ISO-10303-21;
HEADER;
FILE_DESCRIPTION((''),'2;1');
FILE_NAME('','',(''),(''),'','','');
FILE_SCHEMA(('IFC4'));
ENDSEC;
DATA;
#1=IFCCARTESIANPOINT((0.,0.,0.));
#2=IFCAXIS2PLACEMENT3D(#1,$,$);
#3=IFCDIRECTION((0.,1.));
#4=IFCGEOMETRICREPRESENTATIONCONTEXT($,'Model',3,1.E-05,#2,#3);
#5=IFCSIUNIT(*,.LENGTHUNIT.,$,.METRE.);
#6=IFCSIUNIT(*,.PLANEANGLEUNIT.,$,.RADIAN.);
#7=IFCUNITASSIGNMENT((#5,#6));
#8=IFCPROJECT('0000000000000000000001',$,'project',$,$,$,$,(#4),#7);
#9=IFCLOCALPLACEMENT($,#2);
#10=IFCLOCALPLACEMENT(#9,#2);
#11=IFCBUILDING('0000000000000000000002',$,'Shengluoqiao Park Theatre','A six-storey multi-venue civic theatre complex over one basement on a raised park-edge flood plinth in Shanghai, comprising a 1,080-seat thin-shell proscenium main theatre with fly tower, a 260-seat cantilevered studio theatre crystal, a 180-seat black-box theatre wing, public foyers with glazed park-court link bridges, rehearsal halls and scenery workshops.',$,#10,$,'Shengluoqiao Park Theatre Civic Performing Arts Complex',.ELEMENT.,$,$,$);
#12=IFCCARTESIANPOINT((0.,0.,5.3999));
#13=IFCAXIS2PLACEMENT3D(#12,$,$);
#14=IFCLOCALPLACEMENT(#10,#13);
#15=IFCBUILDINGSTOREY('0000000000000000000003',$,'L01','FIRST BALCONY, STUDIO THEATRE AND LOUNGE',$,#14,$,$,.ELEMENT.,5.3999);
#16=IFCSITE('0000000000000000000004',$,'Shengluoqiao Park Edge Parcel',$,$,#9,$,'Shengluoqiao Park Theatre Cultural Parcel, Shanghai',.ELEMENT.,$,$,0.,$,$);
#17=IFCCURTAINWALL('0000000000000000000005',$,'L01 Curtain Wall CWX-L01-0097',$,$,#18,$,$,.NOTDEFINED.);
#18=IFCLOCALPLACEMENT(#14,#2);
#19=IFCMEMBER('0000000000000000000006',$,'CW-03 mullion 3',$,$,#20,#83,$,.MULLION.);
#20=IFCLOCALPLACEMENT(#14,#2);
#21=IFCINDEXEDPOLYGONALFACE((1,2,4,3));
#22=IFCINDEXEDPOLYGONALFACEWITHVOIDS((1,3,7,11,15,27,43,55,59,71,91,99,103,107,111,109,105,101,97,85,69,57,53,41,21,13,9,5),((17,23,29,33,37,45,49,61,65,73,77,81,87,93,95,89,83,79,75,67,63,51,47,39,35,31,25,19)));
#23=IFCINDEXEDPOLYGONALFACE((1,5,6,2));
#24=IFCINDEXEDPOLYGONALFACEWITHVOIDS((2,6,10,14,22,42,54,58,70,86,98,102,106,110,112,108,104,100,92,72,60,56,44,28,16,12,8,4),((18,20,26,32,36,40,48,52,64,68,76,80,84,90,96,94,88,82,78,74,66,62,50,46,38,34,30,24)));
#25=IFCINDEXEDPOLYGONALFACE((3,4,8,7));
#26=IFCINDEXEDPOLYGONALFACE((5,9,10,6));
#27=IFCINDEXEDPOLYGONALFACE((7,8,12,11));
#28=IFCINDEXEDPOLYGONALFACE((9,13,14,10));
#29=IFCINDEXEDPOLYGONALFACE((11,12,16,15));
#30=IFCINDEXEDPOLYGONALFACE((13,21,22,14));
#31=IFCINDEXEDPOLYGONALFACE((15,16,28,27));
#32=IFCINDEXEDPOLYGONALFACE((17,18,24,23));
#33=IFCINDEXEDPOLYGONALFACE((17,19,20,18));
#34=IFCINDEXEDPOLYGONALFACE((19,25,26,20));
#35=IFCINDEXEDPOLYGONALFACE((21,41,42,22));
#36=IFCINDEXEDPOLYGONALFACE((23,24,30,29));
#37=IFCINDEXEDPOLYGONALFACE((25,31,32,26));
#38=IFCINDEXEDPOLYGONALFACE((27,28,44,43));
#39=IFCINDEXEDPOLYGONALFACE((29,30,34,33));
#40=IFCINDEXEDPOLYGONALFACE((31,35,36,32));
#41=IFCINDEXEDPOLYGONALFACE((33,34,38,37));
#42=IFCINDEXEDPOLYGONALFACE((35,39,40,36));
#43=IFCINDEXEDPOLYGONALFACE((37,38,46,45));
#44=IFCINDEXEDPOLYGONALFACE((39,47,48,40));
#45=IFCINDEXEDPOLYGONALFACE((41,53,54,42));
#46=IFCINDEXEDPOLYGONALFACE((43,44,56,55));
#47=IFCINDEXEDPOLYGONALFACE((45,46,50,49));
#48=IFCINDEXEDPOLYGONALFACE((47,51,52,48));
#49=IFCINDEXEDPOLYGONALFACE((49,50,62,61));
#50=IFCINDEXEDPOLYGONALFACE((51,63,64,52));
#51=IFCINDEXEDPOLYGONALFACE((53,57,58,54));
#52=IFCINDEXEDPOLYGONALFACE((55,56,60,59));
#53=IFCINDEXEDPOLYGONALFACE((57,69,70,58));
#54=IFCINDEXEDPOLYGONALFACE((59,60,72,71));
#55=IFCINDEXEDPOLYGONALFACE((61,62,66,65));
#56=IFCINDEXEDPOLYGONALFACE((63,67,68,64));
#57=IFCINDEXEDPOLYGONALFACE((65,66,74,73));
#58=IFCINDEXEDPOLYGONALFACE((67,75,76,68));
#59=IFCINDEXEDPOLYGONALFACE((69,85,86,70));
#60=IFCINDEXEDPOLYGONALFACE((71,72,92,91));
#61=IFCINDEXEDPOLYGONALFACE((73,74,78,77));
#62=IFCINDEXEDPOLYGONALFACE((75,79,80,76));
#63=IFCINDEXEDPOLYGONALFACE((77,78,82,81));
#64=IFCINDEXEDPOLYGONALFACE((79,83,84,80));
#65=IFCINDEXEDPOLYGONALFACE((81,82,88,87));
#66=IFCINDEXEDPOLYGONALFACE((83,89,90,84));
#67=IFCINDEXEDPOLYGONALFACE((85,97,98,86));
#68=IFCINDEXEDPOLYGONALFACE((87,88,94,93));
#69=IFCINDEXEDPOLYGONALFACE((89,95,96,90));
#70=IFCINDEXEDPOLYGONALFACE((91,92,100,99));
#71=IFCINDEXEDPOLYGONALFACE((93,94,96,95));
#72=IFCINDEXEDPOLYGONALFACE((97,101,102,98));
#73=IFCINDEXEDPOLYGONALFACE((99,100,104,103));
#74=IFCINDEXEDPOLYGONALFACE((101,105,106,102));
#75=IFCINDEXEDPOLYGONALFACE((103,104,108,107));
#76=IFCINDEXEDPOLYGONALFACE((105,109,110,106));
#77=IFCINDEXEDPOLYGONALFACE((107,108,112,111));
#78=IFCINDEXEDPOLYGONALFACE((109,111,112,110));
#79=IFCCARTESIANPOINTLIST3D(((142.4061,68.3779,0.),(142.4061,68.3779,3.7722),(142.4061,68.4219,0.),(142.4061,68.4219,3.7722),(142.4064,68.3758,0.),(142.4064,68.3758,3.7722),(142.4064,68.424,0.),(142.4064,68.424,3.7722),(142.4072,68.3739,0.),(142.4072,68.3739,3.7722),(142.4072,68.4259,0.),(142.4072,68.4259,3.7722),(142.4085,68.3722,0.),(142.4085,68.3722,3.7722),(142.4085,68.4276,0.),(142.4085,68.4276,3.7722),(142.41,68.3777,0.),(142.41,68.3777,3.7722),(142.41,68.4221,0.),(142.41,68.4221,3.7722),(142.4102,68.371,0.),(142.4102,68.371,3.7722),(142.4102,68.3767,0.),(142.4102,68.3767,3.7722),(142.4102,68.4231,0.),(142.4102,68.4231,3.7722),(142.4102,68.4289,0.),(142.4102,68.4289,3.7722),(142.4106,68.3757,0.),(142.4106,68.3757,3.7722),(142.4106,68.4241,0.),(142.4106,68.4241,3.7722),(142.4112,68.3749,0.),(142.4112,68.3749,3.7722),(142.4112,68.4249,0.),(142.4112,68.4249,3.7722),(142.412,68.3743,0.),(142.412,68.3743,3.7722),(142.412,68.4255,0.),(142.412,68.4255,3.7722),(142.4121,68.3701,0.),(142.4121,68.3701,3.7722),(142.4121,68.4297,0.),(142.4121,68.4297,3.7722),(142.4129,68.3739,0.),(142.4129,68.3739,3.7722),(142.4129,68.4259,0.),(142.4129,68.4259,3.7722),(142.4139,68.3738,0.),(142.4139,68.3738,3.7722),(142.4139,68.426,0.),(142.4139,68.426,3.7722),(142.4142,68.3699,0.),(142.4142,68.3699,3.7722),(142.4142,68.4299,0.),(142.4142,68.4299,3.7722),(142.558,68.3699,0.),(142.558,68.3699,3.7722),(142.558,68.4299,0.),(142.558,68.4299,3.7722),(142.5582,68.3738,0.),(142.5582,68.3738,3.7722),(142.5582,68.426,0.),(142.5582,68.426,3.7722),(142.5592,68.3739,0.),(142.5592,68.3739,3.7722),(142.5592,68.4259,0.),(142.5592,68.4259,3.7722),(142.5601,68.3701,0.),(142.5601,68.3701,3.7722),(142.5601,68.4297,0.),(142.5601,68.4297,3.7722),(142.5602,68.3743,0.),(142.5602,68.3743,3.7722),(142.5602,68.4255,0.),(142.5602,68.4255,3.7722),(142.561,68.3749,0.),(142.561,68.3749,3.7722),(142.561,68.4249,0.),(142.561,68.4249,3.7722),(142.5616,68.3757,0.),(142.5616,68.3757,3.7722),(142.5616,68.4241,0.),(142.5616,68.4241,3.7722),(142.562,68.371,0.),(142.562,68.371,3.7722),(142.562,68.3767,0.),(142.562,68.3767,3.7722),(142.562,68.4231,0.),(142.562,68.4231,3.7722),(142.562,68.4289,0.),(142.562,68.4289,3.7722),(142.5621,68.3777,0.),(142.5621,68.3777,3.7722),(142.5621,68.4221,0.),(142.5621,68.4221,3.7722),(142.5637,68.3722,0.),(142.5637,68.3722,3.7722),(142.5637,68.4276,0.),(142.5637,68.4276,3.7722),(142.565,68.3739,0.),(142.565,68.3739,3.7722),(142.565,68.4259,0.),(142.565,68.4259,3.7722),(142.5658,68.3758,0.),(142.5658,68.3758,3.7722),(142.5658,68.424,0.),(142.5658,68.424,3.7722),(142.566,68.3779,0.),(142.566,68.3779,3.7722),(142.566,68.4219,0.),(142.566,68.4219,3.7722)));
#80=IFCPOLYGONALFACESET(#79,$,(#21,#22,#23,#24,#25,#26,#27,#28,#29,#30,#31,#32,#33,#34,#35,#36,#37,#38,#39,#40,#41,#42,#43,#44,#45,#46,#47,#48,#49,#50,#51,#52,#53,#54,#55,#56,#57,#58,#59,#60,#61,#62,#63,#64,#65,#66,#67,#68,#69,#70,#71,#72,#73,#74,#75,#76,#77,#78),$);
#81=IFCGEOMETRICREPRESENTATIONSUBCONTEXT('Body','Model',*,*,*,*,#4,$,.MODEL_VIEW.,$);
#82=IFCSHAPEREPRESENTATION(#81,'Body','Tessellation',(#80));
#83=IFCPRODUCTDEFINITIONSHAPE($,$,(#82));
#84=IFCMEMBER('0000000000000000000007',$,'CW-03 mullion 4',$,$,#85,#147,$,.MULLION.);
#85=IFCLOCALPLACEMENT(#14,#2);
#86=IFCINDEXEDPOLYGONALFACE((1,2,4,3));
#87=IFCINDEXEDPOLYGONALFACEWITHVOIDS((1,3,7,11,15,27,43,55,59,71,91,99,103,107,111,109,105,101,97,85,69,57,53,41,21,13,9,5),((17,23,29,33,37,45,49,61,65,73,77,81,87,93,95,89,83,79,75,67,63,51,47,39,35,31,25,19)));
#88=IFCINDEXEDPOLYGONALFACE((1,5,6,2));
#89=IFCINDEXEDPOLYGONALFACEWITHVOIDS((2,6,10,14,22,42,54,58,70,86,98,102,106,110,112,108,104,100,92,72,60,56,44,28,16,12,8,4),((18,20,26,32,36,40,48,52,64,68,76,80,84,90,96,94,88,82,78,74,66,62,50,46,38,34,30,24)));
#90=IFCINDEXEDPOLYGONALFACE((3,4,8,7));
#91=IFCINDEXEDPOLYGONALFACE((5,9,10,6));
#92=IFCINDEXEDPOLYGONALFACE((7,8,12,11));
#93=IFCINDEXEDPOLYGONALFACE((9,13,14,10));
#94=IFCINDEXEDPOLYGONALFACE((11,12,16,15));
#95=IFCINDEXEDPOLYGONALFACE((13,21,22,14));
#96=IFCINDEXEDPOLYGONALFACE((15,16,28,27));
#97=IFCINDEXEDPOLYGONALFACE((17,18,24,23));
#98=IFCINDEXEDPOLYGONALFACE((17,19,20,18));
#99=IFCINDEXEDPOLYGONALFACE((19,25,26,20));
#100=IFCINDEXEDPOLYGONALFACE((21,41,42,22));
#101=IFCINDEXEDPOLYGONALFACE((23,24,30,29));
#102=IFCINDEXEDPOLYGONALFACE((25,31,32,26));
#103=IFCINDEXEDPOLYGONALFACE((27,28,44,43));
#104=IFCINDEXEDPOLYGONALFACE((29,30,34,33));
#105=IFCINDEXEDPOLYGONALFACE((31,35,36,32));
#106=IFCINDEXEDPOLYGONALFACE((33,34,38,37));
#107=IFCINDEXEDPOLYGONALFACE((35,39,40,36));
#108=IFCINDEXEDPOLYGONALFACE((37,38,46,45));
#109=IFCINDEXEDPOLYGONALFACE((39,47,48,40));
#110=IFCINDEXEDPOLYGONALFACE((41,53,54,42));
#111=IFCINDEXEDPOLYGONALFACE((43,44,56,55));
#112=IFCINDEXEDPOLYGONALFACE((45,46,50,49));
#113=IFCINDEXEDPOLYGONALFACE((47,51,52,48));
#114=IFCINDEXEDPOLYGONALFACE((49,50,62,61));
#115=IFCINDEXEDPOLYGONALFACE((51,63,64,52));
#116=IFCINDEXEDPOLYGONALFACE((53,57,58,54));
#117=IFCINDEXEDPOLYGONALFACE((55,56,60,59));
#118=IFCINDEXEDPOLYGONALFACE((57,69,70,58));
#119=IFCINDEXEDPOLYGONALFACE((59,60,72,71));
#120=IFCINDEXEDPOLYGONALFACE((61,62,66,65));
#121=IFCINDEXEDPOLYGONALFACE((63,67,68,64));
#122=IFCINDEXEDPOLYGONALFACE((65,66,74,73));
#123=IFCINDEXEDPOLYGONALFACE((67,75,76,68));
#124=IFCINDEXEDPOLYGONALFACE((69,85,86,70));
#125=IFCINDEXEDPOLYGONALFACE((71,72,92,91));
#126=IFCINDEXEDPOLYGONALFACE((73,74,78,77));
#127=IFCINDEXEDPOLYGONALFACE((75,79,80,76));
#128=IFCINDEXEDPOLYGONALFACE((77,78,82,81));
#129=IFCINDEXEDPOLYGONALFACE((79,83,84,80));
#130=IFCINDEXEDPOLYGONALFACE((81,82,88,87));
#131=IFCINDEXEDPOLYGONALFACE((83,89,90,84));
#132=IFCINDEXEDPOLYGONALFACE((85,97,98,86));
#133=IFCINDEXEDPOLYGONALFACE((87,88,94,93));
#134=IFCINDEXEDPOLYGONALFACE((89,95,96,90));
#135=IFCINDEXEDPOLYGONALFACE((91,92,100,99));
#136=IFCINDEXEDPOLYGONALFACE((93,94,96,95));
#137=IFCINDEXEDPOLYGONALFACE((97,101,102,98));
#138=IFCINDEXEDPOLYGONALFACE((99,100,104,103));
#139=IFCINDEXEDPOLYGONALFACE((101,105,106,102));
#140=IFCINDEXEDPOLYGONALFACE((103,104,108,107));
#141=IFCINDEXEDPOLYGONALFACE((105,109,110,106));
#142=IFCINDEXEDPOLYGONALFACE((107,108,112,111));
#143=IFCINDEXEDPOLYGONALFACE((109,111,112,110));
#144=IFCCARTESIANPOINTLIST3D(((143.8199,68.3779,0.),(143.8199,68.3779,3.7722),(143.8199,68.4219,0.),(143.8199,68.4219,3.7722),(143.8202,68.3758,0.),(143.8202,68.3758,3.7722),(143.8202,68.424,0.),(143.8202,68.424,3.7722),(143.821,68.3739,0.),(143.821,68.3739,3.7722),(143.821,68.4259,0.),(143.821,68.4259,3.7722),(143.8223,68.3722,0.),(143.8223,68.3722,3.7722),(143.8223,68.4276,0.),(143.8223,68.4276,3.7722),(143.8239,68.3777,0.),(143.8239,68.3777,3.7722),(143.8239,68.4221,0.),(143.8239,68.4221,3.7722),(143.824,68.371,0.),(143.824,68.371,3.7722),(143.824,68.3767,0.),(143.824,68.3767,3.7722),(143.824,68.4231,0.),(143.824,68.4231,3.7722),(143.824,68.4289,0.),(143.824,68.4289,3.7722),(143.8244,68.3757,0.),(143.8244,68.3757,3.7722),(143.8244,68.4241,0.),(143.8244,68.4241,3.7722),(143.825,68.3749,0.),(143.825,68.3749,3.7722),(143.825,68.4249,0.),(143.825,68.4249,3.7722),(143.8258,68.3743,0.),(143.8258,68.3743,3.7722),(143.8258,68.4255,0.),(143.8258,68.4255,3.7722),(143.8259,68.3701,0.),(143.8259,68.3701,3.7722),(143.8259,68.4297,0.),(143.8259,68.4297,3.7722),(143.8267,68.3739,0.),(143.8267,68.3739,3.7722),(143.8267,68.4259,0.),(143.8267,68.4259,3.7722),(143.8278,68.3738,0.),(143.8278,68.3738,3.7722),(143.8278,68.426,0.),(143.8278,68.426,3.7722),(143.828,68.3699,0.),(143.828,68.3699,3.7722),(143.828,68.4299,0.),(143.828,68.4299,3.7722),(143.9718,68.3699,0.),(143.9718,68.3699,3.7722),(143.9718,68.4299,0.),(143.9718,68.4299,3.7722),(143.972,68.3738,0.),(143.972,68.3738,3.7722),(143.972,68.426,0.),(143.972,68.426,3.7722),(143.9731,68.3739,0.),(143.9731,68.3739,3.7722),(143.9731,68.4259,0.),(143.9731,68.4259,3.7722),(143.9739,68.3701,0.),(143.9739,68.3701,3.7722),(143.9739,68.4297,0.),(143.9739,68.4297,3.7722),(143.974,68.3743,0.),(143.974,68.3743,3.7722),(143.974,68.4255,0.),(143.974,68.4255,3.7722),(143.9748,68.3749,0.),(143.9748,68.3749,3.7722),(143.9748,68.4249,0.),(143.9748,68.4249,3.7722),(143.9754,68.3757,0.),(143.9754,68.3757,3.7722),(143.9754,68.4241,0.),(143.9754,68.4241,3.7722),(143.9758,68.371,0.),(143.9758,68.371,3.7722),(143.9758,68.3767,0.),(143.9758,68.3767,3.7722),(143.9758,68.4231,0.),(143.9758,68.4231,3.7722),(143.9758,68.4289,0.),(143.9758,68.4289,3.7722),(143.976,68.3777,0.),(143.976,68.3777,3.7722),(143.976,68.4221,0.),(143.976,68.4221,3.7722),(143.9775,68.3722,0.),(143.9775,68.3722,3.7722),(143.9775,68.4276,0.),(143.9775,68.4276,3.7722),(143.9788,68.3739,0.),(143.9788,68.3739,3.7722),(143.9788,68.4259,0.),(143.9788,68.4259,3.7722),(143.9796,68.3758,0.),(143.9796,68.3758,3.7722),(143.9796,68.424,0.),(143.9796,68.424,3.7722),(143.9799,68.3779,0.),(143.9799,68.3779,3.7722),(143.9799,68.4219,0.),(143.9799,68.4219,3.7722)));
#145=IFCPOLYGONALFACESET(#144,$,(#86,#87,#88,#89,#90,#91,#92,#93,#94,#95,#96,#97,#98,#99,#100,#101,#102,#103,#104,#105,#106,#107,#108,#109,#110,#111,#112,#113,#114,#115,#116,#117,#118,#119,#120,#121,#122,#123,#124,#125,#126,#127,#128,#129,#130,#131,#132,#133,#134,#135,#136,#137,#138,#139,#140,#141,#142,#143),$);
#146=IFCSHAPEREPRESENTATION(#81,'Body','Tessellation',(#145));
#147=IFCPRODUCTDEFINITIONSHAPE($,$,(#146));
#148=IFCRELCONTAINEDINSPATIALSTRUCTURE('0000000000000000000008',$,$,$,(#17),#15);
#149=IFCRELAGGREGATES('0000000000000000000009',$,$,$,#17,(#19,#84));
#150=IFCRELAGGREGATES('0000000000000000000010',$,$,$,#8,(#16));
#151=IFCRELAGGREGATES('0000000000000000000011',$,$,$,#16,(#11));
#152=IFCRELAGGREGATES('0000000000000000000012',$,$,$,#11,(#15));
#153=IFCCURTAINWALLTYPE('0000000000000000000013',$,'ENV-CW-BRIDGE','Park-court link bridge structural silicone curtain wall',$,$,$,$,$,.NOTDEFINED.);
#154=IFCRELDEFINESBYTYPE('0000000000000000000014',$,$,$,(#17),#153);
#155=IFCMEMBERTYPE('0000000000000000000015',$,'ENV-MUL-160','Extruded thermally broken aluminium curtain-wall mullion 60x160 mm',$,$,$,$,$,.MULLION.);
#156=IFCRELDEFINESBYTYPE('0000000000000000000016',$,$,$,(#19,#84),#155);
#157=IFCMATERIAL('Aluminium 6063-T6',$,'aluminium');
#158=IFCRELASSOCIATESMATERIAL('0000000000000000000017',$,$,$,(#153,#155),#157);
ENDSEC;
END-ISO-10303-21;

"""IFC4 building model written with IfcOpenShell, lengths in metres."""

from ifc_helpers import new_model, si_unit, direction, frame, origin, origin_2d, place, context, subcontext, project, spatial, hollow_rectangle, extrude, material, material_profile, profile_set, type_object, element, aggregate, save


model = new_model("IFC4")

# Units and contexts
model_context = context("Model", 3, precision=1e-05, world=origin(), true_north=direction((0.0, 1.0)))
body_context = subcontext(model_context, "Body", "Model", "MODEL_VIEW")
ifc_project = project(units=[si_unit("LENGTHUNIT", "METRE"), si_unit("PLANEANGLEUNIT", "RADIAN")], contexts=[model_context])

# Site, building, storey
site_placement = place(None, origin())
site = spatial("IfcSite", under=ifc_project, at=site_placement, Name="Shengluoqiao Park Edge Parcel", LongName="Shengluoqiao Park Theatre Cultural Parcel, Shanghai", CompositionType="ELEMENT", RefElevation=0.0)
building_placement = place(site_placement, origin())
building = spatial("IfcBuilding", under=site, at=building_placement, Name="Shengluoqiao Park Theatre", Description="A six-storey multi-venue civic theatre complex over one basement on a raised park-edge flood plinth in Shanghai, comprising a 1,080-seat thin-shell proscenium main theatre with fly tower, a 260-seat cantilevered studio theatre crystal, a 180-seat black-box theatre wing, public foyers with glazed park-court link bridges, rehearsal halls and scenery workshops.", LongName="Shengluoqiao Park Theatre Civic Performing Arts Complex", CompositionType="ELEMENT")
storey_placement = place(building_placement, frame((0.0, 0.0, 5.3999)))
storey = spatial("IfcBuildingStorey", under=building, at=storey_placement, Name="L01", Description="FIRST BALCONY, STUDIO THEATRE AND LOUNGE", CompositionType="ELEMENT", Elevation=5.3999)

# Curtain wall, members
ifc_material_1 = material(Name="Aluminium 6063-T6", Category="aluminium")
curtain_wall_type = type_object("IfcCurtainWallType", Name="ENV-CW-BRIDGE", Description="Park-court link bridge structural silicone curtain wall", PredefinedType="NOTDEFINED", material=ifc_material_1)
curtain_wall_placement = place(storey_placement, origin())
curtain_wall = element("IfcCurtainWall", 1, at=curtain_wall_placement, inside=storey, type_object=curtain_wall_type, Name="L01 Curtain Wall CWX-L01-0097", PredefinedType="NOTDEFINED")
ifc_material_profile_1 = material_profile(ifc_material_1, hollow_rectangle(XDim=0.0601, YDim=0.1599, WallThickness=0.0039, InnerFilletRadius=0.0039, OuterFilletRadius=0.0081, at=origin_2d()), Name="ALU MULLION 160x60x4")
ifc_profile_set_1 = profile_set([ifc_material_profile_1], Name="Aluminium 6063-T6")
member_type_1 = type_object("IfcMemberType", Name="ENV-MUL-160", Description="Extruded thermally broken aluminium curtain-wall mullion 60x160 mm", PredefinedType="MULLION", material=ifc_profile_set_1)
member_1_placement = place(storey_placement, frame((142.4861, 68.3999, 0.0), z_axis=(0.0, 0.0, 1.0), x_axis=(0.0, 1.0, 0.0)))
member_1 = element("IfcMember", 2, at=member_1_placement, type_object=member_type_1, Name="CW-03 mullion 3", PredefinedType="MULLION", context=body_context, shape_type="SweptSolid", body=[
    extrude(hollow_rectangle(XDim=0.0601, YDim=0.1599, WallThickness=0.0039, InnerFilletRadius=0.0039, OuterFilletRadius=0.0081, at=origin_2d()), origin(), (0.0, 0.0, 1.0), 3.7722),
])
member_2_placement = place(storey_placement, frame((143.8999, 68.3999, 0.0), z_axis=(0.0, 0.0, 1.0), x_axis=(0.0, 1.0, 0.0)))
member_2 = element("IfcMember", 3, at=member_2_placement, type_object=member_type_1, Name="CW-03 mullion 4", PredefinedType="MULLION", context=body_context, shape_type="SweptSolid", body=[
    extrude(hollow_rectangle(XDim=0.0601, YDim=0.1599, WallThickness=0.0039, InnerFilletRadius=0.0039, OuterFilletRadius=0.0081, at=origin_2d()), origin(), (0.0, 0.0, 1.0), 3.7722),
])
aggregate(curtain_wall, [member_1, member_2])

save(model, "model.ifc")
